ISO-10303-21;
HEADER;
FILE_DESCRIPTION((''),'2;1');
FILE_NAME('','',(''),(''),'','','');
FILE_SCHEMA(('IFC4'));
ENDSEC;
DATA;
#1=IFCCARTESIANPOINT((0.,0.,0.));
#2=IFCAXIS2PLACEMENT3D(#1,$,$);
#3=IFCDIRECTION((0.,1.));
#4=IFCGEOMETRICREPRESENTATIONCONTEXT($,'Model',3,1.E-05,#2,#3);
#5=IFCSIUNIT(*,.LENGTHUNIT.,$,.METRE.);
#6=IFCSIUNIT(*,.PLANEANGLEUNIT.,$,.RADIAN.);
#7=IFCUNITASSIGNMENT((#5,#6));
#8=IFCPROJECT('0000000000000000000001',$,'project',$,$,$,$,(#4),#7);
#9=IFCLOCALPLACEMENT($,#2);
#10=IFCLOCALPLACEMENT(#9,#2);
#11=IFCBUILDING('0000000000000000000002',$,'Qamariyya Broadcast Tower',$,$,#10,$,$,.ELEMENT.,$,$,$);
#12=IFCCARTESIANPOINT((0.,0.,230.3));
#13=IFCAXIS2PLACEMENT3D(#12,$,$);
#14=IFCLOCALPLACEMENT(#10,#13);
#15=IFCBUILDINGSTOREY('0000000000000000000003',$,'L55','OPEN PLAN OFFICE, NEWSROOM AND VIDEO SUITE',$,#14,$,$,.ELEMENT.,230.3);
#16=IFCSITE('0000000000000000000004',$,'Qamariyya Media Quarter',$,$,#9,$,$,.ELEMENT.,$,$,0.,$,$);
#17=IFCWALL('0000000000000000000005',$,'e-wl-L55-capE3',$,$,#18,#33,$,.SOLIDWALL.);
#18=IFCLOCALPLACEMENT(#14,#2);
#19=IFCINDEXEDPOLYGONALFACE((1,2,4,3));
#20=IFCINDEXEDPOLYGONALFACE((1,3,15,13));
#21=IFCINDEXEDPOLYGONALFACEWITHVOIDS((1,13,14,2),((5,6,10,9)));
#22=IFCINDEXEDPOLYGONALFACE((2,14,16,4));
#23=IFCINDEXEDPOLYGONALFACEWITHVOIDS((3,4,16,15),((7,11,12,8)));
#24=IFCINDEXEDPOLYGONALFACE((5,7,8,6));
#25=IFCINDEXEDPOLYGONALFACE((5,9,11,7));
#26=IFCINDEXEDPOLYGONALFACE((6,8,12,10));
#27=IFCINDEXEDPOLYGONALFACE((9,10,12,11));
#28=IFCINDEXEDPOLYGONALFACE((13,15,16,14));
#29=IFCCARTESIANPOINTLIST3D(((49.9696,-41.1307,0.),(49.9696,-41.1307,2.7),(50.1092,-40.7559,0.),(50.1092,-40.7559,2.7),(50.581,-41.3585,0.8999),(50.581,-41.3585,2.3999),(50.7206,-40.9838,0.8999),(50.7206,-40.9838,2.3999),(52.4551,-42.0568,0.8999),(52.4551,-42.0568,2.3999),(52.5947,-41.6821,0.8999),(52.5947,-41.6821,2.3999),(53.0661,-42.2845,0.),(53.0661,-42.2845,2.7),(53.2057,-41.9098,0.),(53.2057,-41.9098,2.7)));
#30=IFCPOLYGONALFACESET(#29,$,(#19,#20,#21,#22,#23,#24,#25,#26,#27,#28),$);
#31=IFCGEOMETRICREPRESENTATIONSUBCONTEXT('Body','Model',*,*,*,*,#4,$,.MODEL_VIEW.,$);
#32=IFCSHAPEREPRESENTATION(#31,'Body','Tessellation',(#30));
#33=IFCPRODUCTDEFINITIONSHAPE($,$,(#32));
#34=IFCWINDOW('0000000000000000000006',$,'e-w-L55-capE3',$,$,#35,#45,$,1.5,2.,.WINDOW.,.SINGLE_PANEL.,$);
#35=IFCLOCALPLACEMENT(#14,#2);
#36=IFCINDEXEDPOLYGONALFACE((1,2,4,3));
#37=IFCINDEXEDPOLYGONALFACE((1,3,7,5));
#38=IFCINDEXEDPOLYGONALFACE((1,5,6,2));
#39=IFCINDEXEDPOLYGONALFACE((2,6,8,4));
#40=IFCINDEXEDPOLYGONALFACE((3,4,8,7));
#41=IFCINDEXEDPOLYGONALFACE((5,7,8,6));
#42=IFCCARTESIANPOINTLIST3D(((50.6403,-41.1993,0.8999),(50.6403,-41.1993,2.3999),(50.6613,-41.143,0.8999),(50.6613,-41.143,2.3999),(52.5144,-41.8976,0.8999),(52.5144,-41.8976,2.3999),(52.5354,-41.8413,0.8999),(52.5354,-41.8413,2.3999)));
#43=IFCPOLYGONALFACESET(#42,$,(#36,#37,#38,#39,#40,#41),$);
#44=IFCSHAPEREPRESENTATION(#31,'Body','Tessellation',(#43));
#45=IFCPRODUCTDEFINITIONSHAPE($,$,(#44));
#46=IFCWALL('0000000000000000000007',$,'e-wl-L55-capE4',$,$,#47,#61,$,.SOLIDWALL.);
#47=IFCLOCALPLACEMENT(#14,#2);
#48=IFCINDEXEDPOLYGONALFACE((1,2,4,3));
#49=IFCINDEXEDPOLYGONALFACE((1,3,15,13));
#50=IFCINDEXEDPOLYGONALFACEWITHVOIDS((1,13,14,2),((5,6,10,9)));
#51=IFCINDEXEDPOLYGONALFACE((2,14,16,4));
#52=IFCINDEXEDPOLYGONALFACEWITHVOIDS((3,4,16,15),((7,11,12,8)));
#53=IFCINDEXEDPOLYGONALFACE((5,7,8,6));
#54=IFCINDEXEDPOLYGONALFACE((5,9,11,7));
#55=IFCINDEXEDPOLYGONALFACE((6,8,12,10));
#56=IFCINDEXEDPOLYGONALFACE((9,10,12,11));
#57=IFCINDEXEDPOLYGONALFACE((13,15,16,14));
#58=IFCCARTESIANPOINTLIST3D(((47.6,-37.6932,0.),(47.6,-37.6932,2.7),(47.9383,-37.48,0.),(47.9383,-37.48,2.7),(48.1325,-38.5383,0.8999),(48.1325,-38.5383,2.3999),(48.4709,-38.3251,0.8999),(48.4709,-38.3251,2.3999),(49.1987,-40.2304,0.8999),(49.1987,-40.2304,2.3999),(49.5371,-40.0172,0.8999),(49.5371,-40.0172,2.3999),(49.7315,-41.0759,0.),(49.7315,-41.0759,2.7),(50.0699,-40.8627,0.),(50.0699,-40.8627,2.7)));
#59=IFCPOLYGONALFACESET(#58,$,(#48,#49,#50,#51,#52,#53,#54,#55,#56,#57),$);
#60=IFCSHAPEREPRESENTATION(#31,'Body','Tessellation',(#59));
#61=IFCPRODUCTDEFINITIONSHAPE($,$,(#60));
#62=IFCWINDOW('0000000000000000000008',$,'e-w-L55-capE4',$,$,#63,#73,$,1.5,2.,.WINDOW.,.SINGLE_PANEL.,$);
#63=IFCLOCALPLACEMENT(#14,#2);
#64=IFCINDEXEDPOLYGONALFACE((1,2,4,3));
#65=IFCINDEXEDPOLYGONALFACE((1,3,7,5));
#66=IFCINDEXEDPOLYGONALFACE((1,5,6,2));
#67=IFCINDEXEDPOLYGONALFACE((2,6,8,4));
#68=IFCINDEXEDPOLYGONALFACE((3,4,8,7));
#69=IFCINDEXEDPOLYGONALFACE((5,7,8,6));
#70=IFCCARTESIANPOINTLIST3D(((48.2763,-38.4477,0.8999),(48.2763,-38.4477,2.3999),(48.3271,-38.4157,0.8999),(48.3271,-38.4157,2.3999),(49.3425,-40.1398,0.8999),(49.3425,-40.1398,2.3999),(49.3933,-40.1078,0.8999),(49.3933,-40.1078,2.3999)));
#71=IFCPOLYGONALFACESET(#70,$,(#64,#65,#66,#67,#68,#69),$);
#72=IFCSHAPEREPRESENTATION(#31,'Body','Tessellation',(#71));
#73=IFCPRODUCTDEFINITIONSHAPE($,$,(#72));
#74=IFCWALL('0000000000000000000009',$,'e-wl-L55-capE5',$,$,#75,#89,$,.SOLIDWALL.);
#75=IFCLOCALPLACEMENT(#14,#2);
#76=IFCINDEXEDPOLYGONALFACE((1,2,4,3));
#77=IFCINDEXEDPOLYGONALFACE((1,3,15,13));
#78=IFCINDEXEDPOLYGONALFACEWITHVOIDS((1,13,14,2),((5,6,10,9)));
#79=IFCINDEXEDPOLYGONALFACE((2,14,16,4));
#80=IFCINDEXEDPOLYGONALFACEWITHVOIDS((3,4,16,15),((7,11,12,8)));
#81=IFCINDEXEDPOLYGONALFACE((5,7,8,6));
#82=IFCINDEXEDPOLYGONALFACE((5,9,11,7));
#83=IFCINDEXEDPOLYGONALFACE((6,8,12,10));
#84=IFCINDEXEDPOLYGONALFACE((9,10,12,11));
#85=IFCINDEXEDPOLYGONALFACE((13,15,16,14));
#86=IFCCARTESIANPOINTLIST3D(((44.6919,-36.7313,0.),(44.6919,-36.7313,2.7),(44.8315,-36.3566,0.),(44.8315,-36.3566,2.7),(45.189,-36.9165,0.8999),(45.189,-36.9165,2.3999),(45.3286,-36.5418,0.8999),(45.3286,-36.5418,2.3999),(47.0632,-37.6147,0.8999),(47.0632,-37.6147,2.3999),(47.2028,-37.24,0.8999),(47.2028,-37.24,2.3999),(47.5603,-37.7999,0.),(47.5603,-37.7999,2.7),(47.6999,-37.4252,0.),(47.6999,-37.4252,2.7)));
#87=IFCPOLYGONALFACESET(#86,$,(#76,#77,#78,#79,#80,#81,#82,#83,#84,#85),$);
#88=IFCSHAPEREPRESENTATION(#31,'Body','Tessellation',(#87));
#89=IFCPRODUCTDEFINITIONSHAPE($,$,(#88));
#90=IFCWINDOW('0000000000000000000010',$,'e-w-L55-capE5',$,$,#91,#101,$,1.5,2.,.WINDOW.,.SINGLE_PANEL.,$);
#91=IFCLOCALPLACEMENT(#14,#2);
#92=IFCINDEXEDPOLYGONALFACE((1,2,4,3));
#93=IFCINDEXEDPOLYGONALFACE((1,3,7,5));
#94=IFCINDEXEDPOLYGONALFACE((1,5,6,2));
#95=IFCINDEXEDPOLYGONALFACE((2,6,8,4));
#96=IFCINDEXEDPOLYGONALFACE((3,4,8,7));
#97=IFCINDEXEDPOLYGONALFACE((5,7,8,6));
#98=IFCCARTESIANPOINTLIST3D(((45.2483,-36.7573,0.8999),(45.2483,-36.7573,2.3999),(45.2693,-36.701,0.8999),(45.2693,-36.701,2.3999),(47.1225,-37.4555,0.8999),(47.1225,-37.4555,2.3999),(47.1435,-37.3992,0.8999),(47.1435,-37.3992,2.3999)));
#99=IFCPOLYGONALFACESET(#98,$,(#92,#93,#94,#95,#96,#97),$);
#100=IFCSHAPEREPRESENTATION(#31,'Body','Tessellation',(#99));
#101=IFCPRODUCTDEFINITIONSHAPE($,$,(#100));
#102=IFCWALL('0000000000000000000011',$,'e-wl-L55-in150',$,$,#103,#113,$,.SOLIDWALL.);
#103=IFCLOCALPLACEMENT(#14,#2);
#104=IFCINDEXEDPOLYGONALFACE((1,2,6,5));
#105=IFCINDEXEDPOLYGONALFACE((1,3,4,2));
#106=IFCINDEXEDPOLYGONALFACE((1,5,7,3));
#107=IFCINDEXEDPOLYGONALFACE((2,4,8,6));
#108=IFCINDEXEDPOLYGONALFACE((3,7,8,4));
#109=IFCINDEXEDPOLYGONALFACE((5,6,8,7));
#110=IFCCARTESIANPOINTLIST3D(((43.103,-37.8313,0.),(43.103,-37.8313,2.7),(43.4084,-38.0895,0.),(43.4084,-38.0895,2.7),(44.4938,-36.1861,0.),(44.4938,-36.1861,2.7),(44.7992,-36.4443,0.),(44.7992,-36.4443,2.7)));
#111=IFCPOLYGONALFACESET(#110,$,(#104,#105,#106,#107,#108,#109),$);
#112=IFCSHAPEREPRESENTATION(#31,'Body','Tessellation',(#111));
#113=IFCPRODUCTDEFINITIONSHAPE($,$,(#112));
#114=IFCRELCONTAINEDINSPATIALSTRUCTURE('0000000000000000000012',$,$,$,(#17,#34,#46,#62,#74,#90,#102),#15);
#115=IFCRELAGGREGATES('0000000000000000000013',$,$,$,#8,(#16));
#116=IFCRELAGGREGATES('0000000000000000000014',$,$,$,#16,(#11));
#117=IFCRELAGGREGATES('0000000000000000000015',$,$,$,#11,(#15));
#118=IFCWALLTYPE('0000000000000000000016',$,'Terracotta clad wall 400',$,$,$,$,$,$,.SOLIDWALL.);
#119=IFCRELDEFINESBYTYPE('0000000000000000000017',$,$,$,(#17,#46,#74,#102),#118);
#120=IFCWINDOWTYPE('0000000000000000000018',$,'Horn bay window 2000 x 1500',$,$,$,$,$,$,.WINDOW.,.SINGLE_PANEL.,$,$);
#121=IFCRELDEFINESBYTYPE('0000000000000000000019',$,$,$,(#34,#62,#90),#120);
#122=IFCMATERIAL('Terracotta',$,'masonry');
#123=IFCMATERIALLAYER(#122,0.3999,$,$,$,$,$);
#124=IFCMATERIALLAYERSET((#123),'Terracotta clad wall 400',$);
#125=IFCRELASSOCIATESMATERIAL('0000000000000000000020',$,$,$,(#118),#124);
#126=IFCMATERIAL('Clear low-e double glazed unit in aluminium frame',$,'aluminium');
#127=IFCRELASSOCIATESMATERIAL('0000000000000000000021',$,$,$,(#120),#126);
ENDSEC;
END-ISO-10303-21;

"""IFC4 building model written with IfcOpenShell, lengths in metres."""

from ifc_helpers import new_model, si_unit, direction, frame, frame_2d, origin, place, context, subcontext, project, spatial, rectangle, extrude, material, layer, layer_set, type_object, element, fill, save


model = new_model("IFC4")

# Units and contexts
model_context = context("Model", 3, precision=1e-05, world=origin(), true_north=direction((0.0, 1.0)))
body_context = subcontext(model_context, "Body", "Model", "MODEL_VIEW")
ifc_project = project(units=[si_unit("LENGTHUNIT", "METRE"), si_unit("PLANEANGLEUNIT", "RADIAN")], contexts=[model_context])

# Site, building, storey
site_placement = place(None, origin())
site = spatial("IfcSite", under=ifc_project, at=site_placement, Name="Qamariyya Media Quarter", CompositionType="ELEMENT", RefElevation=0.0)
building_placement = place(site_placement, origin())
building = spatial("IfcBuilding", under=site, at=building_placement, Name="Qamariyya Broadcast Tower", CompositionType="ELEMENT")
storey_placement = place(building_placement, frame((0.0, 0.0, 230.3)))
storey = spatial("IfcBuildingStorey", under=building, at=storey_placement, Name="L55", Description="OPEN PLAN OFFICE, NEWSROOM AND VIDEO SUITE", CompositionType="ELEMENT", Elevation=230.3)

# Walls, openings, windows
ifc_material_1 = material(Name="Terracotta", Category="masonry")
ifc_layer = layer(ifc_material_1, 0.3999)
ifc_layer_set = layer_set([ifc_layer], Name="Terracotta clad wall 400")
wall_type = type_object("IfcWallType", Name="Terracotta clad wall 400", PredefinedType="SOLIDWALL", material=ifc_layer_set)
ifc_material_2 = material(Name="Clear low-e double glazed unit in aluminium frame", Category="aluminium")
window_type = type_object("IfcWindowType", Name="Horn bay window 2000 x 1500", PartitioningType="SINGLE_PANEL", PredefinedType="WINDOW", material=ifc_material_2)
wall_1_placement = place(storey_placement, frame((53.136, -42.0972, 0.0), z_axis=(0.0, 0.0, 1.0), x_axis=(-0.937059, 0.349171, 0.0)))
wall_1 = element("IfcWall", 1, at=wall_1_placement, inside=storey, type_object=wall_type, Name="e-wl-L55-capE3", PredefinedType="SOLIDWALL", context=body_context, shape_type="SweptSolid", body=[
    extrude(rectangle(XDim=3.3044, YDim=0.3999, at=frame_2d((1.6523, 0.0))), origin(), (0.0, 0.0, 1.0), 2.7),
])
opening_1_placement = place(wall_1_placement, frame((0.6521, 0.0, 0.8999)))
opening_1 = element("IfcOpeningElement", 2, at=opening_1_placement, cuts=wall_1, PredefinedType="OPENING", context=body_context, shape_type="SweptSolid", body=[
    extrude(rectangle(XDim=2.0, YDim=1.5, at=frame_2d((1.0, 0.75))), frame((0.0, 0.21, 0.0), z_axis=(0.0, -1.0, 0.0), x_axis=(1.0, 0.0, 0.0)), (0.0, 0.0, 1.0), 0.4199),
])
window_1_placement = place(opening_1_placement, origin())
window_1 = element("IfcWindow", 3, at=window_1_placement, inside=storey, type_object=window_type, Name="e-w-L55-capE3", OverallHeight=1.5, OverallWidth=2.0, PartitioningType="SINGLE_PANEL", PredefinedType="WINDOW", context=body_context, shape_type="SweptSolid", body=[
    extrude(rectangle(XDim=2.0, YDim=1.5, at=frame_2d((1.0, 0.75))), frame((0.0, 0.03, 0.0), z_axis=(0.0, -1.0, 0.0), x_axis=(1.0, 0.0, 0.0)), (0.0, 0.0, 1.0), 0.0601),
])
fill(opening_1, window_1)
wall_2_placement = place(storey_placement, frame((49.9006, -40.9692, 0.0), z_axis=(0.0, 0.0, 1.0), x_axis=(-0.533113, 0.846044, 0.0)))
wall_2 = element("IfcWall", 4, at=wall_2_placement, inside=storey, type_object=wall_type, Name="e-wl-L55-capE4", PredefinedType="SOLIDWALL", context=body_context, shape_type="SweptSolid", body=[
    extrude(rectangle(XDim=3.9983, YDim=0.3999, at=frame_2d((1.999, 0.0))), origin(), (0.0, 0.0, 1.0), 2.7),
])
opening_2_placement = place(wall_2_placement, frame((0.9993, 0.0, 0.8999)))
opening_2 = element("IfcOpeningElement", 5, at=opening_2_placement, cuts=wall_2, PredefinedType="OPENING", context=body_context, shape_type="SweptSolid", body=[
    extrude(rectangle(XDim=2.0, YDim=1.5, at=frame_2d((1.0, 0.75))), frame((0.0, 0.21, 0.0), z_axis=(0.0, -1.0, 0.0), x_axis=(1.0, 0.0, 0.0)), (0.0, 0.0, 1.0), 0.4199),
])
window_2_placement = place(opening_2_placement, origin())
window_2 = element("IfcWindow", 6, at=window_2_placement, inside=storey, type_object=window_type, Name="e-w-L55-capE4", OverallHeight=1.5, OverallWidth=2.0, PartitioningType="SINGLE_PANEL", PredefinedType="WINDOW", context=body_context, shape_type="SweptSolid", body=[
    extrude(rectangle(XDim=2.0, YDim=1.5, at=frame_2d((1.0, 0.75))), frame((0.0, 0.03, 0.0), z_axis=(0.0, -1.0, 0.0), x_axis=(1.0, 0.0, 0.0)), (0.0, 0.0, 1.0), 0.0601),
])
fill(opening_2, window_2)
wall_3_placement = place(storey_placement, frame((47.6301, -37.6125, 0.0), z_axis=(0.0, 0.0, 1.0), x_axis=(-0.937084, 0.349104, 0.0)))
wall_3 = element("IfcWall", 7, at=wall_3_placement, inside=storey, type_object=wall_type, Name="e-wl-L55-capE5", PredefinedType="SOLIDWALL", context=body_context, shape_type="SweptSolid", body=[
    extrude(rectangle(XDim=3.061, YDim=0.3999, at=frame_2d((1.5305, 0.0))), origin(), (0.0, 0.0, 1.0), 2.7),
])
opening_3_placement = place(wall_3_placement, frame((0.5305, 0.0, 0.8999)))
opening_3 = element("IfcOpeningElement", 8, at=opening_3_placement, cuts=wall_3, PredefinedType="OPENING", context=body_context, shape_type="SweptSolid", body=[
    extrude(rectangle(XDim=2.0, YDim=1.5, at=frame_2d((1.0, 0.75))), frame((0.0, 0.21, 0.0), z_axis=(0.0, -1.0, 0.0), x_axis=(1.0, 0.0, 0.0)), (0.0, 0.0, 1.0), 0.4199),
])
window_3_placement = place(opening_3_placement, origin())
window_3 = element("IfcWindow", 9, at=window_3_placement, inside=storey, type_object=window_type, Name="e-w-L55-capE5", OverallHeight=1.5, OverallWidth=2.0, PartitioningType="SINGLE_PANEL", PredefinedType="WINDOW", context=body_context, shape_type="SweptSolid", body=[
    extrude(rectangle(XDim=2.0, YDim=1.5, at=frame_2d((1.0, 0.75))), frame((0.0, 0.03, 0.0), z_axis=(0.0, -1.0, 0.0), x_axis=(1.0, 0.0, 0.0)), (0.0, 0.0, 1.0), 0.0601),
])
fill(opening_3, window_3)

# Wall
wall_4_placement = place(storey_placement, frame((44.6465, -36.3152, 0.0), z_axis=(0.0, 0.0, 1.0), x_axis=(-0.645597, -0.763679, 0.0)))
element("IfcWall", 10, at=wall_4_placement, inside=storey, type_object=wall_type, Name="e-wl-L55-in150", PredefinedType="SOLIDWALL", context=body_context, shape_type="SweptSolid", body=[
    extrude(rectangle(XDim=2.1543, YDim=0.3999, at=frame_2d((1.0771, 0.0))), origin(), (0.0, 0.0, 1.0), 2.7),
])

save(model, "model.ifc")
